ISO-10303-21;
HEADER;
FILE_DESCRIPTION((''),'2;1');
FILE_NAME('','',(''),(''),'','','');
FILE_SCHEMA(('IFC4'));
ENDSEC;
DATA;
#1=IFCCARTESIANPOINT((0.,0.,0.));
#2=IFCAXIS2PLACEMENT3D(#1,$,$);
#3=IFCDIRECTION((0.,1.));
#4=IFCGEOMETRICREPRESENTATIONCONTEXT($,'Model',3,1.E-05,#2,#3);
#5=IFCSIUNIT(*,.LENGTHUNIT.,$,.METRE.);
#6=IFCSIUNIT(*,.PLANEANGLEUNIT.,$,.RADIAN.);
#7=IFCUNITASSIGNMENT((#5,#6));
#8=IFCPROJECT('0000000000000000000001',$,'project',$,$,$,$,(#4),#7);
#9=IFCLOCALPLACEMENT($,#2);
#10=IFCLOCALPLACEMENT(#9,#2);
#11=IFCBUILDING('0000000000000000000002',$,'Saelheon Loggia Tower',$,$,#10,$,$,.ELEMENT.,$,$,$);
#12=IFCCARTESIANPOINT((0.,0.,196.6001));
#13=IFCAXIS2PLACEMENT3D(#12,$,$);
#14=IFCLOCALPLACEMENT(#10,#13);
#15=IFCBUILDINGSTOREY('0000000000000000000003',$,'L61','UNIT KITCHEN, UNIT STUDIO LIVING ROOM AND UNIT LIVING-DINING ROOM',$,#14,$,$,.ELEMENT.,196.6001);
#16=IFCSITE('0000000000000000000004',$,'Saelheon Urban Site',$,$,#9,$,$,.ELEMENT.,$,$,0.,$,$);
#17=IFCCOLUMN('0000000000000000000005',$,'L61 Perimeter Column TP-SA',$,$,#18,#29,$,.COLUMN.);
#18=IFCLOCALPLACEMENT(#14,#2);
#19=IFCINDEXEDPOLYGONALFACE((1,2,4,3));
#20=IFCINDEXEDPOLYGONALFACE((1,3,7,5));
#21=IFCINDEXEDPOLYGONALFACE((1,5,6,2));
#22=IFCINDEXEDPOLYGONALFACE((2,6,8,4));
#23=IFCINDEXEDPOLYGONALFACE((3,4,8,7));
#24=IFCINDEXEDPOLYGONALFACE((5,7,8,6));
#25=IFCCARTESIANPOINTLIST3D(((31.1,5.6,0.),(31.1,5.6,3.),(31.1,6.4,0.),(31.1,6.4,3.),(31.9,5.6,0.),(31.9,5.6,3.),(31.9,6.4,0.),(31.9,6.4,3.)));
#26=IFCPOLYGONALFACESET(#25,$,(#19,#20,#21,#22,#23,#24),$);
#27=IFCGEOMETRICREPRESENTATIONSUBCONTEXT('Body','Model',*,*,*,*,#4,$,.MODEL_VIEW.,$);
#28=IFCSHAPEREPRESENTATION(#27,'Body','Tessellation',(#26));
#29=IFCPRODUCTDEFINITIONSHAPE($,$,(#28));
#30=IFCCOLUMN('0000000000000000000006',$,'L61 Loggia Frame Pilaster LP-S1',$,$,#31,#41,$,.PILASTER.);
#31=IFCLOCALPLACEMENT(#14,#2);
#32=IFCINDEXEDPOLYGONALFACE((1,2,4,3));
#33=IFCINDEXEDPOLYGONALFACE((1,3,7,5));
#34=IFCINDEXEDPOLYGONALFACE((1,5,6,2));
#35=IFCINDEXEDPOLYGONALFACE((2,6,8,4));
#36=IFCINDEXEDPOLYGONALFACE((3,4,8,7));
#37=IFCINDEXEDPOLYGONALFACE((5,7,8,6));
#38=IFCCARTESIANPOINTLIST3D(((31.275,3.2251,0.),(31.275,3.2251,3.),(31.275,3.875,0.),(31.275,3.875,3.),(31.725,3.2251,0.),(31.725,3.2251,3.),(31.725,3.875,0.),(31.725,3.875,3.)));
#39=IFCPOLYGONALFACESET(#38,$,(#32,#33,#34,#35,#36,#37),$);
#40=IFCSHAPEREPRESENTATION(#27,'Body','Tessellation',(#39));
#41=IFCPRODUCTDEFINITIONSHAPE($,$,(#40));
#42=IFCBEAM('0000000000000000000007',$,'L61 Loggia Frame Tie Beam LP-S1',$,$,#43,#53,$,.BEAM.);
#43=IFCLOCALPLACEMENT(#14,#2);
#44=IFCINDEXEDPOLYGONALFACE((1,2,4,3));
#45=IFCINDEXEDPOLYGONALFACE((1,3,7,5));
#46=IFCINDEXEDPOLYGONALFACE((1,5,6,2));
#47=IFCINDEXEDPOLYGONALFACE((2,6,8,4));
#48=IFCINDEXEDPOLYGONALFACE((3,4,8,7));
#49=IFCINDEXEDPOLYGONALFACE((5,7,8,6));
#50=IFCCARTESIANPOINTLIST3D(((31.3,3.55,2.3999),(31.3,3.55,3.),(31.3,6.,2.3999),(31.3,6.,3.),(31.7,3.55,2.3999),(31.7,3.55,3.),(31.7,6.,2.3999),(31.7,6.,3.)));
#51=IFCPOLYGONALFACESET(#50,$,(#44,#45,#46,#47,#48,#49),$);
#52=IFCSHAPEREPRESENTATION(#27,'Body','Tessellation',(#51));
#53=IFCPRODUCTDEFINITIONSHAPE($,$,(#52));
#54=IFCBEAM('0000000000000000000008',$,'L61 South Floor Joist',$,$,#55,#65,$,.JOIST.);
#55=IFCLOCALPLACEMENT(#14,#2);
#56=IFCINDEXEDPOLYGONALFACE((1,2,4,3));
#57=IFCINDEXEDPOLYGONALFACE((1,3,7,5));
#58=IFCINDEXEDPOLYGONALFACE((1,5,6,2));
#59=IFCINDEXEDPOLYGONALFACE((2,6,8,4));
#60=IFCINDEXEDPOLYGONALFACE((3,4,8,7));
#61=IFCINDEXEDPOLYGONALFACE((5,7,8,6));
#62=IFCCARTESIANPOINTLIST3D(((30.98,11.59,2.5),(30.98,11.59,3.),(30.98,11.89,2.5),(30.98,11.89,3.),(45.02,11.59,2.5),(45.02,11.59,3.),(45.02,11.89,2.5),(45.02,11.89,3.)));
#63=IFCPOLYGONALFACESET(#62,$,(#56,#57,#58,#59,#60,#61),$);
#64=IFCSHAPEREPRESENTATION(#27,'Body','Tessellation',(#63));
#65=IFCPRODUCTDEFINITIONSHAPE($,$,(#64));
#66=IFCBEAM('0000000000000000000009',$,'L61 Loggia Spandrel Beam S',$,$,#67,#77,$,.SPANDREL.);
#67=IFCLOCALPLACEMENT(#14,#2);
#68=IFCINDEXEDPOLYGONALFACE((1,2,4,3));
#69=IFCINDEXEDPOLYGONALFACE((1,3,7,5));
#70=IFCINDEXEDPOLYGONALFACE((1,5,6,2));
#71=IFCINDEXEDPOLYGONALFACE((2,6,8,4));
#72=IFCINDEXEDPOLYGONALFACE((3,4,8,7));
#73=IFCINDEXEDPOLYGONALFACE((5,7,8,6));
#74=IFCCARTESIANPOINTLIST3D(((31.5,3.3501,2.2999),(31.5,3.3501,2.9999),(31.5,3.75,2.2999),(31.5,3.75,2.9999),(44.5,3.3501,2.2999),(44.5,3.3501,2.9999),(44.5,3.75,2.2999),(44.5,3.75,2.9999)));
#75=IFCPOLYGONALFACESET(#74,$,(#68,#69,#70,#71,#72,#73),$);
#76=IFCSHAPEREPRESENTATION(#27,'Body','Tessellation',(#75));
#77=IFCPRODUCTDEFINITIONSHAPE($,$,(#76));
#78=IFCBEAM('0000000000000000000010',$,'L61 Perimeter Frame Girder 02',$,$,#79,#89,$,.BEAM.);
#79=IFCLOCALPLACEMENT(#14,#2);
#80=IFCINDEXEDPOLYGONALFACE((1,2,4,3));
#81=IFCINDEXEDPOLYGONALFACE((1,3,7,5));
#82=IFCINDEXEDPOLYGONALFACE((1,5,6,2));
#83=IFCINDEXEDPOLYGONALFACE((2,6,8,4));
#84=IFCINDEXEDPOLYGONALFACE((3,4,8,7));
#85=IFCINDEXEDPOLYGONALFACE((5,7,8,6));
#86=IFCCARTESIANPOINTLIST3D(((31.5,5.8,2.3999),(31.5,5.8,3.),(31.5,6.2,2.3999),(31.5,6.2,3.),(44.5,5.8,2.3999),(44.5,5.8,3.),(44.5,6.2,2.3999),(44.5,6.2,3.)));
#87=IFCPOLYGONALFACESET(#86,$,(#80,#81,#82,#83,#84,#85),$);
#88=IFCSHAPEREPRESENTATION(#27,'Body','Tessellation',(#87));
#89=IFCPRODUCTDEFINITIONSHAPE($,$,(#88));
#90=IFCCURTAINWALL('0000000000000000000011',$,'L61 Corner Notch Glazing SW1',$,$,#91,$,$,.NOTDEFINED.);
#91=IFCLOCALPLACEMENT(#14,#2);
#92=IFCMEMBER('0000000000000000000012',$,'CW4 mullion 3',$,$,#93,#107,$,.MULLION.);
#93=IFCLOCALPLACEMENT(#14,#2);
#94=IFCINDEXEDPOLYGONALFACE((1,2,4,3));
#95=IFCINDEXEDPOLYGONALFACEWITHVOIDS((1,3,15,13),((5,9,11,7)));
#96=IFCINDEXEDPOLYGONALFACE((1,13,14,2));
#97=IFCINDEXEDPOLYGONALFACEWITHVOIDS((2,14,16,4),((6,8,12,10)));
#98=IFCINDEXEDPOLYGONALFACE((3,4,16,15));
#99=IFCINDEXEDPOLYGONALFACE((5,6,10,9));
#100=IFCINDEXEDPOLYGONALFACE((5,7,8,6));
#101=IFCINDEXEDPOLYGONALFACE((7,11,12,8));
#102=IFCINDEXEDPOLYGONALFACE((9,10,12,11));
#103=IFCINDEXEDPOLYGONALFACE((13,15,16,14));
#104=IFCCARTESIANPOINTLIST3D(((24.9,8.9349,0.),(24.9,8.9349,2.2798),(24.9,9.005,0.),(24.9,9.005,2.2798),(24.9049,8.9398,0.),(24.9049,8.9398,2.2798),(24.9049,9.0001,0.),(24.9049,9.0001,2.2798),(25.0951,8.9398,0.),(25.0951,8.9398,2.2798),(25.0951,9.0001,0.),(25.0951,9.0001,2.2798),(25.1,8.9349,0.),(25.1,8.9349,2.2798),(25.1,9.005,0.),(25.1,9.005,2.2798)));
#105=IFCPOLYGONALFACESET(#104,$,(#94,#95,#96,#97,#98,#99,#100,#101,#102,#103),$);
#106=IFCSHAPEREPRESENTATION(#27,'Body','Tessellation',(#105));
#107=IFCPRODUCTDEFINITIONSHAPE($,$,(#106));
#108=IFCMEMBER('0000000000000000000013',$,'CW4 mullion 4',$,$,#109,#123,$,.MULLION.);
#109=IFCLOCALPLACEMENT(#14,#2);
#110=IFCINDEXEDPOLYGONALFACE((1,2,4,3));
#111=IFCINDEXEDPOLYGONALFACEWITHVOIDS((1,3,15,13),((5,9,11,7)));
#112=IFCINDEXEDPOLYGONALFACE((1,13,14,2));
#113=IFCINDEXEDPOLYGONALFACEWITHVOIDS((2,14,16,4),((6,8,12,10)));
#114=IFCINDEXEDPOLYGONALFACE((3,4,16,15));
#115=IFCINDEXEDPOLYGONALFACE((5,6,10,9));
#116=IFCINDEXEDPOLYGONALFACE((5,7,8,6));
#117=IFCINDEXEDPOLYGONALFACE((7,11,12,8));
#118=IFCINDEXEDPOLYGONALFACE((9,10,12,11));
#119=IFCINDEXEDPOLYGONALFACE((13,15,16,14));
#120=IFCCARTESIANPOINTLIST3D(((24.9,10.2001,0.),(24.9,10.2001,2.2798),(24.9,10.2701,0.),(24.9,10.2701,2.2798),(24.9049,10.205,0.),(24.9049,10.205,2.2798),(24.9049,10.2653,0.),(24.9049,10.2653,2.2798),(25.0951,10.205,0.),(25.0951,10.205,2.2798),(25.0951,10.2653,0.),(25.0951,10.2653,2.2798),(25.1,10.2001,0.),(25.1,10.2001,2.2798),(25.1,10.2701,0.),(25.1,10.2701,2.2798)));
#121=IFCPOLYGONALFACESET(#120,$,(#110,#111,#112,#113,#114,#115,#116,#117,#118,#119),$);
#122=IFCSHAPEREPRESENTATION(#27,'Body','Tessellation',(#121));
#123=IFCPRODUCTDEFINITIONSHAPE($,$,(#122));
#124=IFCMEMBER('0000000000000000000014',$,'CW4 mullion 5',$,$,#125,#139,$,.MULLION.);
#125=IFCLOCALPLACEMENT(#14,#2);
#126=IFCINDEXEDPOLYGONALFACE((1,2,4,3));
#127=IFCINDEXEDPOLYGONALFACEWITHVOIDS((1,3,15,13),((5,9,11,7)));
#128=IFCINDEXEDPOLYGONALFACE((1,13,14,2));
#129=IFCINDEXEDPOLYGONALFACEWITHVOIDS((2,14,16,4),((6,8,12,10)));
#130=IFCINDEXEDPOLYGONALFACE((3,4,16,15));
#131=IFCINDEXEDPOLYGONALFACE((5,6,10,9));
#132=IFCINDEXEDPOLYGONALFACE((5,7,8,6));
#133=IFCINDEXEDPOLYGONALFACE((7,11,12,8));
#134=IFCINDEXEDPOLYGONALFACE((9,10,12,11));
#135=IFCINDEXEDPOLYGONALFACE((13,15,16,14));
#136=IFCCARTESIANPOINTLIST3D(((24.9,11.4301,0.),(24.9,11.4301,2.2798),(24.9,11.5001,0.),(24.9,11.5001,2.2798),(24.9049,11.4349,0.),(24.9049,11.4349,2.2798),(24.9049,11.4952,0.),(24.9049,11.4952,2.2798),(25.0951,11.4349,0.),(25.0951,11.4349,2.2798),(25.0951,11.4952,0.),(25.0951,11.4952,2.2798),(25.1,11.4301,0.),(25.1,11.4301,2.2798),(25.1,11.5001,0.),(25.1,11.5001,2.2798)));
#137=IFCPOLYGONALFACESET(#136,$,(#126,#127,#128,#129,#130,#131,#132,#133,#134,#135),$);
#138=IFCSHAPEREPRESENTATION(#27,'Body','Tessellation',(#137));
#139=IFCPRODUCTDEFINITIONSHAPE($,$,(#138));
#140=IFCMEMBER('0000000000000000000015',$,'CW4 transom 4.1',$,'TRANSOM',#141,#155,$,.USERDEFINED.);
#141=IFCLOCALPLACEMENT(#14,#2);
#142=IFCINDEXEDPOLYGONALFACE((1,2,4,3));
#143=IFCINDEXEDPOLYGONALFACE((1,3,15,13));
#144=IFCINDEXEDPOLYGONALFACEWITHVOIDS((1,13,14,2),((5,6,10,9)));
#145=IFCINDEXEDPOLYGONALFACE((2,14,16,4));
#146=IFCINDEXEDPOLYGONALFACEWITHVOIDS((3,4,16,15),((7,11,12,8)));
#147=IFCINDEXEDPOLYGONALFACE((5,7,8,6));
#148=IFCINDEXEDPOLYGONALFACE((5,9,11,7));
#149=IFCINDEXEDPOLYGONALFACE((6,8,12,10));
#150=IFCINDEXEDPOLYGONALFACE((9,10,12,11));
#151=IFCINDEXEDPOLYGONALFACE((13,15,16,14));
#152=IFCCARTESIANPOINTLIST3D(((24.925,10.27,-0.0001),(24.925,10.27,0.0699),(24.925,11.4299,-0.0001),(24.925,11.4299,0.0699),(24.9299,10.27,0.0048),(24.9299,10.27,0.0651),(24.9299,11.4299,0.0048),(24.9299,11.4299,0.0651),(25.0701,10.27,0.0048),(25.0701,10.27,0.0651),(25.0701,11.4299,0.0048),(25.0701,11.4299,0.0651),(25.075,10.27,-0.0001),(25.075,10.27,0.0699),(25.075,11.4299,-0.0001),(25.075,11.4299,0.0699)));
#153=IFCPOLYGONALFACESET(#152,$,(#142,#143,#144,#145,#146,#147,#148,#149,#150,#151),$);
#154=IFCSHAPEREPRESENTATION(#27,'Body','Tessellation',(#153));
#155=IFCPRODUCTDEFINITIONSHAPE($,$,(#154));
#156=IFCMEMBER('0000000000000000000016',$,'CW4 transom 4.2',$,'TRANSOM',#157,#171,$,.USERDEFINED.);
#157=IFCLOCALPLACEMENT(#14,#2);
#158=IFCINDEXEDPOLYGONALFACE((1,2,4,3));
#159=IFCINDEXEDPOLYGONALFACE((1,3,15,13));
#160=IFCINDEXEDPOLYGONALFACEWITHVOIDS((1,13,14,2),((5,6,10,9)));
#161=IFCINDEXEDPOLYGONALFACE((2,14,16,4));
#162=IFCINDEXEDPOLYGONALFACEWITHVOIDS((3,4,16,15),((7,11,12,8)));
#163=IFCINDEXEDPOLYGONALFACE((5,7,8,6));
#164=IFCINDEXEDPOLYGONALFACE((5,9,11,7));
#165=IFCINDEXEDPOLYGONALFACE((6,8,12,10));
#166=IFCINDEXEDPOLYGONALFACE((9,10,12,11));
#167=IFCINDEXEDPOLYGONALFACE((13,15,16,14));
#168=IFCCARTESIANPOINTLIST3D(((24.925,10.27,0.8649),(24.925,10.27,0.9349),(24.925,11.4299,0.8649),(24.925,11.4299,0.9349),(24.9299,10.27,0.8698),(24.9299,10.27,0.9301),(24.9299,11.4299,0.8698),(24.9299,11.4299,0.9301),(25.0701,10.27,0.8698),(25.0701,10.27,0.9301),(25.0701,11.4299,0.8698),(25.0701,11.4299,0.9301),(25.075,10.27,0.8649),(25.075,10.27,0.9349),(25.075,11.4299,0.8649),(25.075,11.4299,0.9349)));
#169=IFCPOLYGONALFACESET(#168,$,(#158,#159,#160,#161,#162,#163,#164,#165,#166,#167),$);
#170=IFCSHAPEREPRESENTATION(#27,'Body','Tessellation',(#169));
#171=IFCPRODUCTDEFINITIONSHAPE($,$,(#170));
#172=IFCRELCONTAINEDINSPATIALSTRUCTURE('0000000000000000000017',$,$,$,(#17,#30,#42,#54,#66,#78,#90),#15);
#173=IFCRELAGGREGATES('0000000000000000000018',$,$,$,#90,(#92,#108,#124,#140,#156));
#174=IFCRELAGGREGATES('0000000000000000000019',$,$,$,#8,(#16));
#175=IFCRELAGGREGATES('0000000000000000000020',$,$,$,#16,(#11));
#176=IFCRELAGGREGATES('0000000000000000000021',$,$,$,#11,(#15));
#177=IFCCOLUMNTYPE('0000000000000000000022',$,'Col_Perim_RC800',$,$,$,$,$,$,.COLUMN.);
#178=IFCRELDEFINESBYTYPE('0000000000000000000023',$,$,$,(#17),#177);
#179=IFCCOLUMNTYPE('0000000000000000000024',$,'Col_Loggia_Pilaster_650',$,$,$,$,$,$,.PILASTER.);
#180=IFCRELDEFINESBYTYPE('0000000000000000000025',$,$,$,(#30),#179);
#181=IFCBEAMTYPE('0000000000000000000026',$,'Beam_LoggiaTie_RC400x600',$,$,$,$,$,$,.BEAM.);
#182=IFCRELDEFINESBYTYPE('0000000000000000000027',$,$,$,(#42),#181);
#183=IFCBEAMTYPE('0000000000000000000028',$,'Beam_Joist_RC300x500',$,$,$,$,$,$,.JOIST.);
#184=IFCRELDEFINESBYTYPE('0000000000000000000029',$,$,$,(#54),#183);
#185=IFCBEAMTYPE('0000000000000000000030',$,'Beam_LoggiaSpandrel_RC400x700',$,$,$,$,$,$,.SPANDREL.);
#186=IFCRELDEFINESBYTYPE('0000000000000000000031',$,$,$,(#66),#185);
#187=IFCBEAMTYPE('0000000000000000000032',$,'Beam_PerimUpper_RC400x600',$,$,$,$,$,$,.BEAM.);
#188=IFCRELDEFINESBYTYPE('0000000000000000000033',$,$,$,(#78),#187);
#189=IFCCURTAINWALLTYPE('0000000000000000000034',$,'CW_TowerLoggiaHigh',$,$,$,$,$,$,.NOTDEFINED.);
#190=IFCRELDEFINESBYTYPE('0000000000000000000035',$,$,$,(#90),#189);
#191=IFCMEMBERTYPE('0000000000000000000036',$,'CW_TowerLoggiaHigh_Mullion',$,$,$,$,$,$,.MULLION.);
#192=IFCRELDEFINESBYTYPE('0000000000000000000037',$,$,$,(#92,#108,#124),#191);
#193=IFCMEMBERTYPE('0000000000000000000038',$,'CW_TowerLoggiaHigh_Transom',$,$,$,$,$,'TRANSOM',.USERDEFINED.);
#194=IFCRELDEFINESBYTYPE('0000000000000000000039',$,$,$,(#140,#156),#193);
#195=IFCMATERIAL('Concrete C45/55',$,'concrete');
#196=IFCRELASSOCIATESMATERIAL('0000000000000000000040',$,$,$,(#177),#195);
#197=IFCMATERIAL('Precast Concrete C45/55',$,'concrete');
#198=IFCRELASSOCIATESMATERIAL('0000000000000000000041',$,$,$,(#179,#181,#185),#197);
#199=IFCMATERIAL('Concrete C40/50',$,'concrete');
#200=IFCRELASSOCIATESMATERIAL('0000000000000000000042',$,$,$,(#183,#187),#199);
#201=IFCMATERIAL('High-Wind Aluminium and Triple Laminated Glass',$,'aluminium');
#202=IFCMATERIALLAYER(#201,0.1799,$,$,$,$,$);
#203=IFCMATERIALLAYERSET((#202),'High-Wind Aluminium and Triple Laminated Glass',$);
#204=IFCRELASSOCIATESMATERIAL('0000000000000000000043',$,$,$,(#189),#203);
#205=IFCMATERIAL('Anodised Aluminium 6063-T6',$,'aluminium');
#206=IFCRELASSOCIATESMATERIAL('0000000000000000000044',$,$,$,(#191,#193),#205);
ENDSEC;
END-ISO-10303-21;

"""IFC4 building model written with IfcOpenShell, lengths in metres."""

from ifc_helpers import new_model, si_unit, direction, frame, origin, origin_2d, place, context, subcontext, project, spatial, rectangle, hollow_rectangle, extrude, source, transform, mapped, material, layer, layer_set, material_profile, profile_set, type_object, element, aggregate, save


model = new_model("IFC4")

# Units and contexts
model_context = context("Model", 3, precision=1e-05, world=origin(), true_north=direction((0.0, 1.0)))
body_context = subcontext(model_context, "Body", "Model", "MODEL_VIEW")
ifc_project = project(units=[si_unit("LENGTHUNIT", "METRE"), si_unit("PLANEANGLEUNIT", "RADIAN")], contexts=[model_context])

# Site, building, storey
site_placement = place(None, origin())
site = spatial("IfcSite", under=ifc_project, at=site_placement, Name="Saelheon Urban Site", CompositionType="ELEMENT", RefElevation=0.0)
building_placement = place(site_placement, origin())
building = spatial("IfcBuilding", under=site, at=building_placement, Name="Saelheon Loggia Tower", CompositionType="ELEMENT")
storey_placement = place(building_placement, frame((0.0, 0.0, 196.6001)))
storey = spatial("IfcBuildingStorey", under=building, at=storey_placement, Name="L61", Description="UNIT KITCHEN, UNIT STUDIO LIVING ROOM AND UNIT LIVING-DINING ROOM", CompositionType="ELEMENT", Elevation=196.6001)

# Columns
ifc_material_1 = material(Name="Concrete C45/55", Category="concrete")
ifc_material_profile_1 = material_profile(ifc_material_1, rectangle(XDim=0.8, YDim=0.8, at=origin_2d()), Name="RC-800x800")
ifc_profile_set_1 = profile_set([ifc_material_profile_1], Name="Concrete C45/55")
column_type_1 = type_object("IfcColumnType", Name="Col_Perim_RC800", PredefinedType="COLUMN", material=ifc_profile_set_1)
shared_shape_1 = source(origin(), body_context, "Body", "SweptSolid", [
    extrude(rectangle(XDim=0.8, YDim=0.8, at=origin_2d()), origin(), (0.0, 0.0, 1.0), 3.0),
])
column_1_placement = place(storey_placement, frame((31.5, 6.0, 0.0), z_axis=(0.0, 0.0, 1.0), x_axis=(1.0, 0.0, 0.0)))
element("IfcColumn", 1, at=column_1_placement, inside=storey, type_object=column_type_1, Name="L61 Perimeter Column TP-SA", PredefinedType="COLUMN", context=body_context, shape_type="MappedRepresentation", body=[
    mapped(shared_shape_1, transform((0.0, 0.0, 0.0), scale=1.0)),
])
ifc_material_2 = material(Name="Precast Concrete C45/55", Category="concrete")
ifc_material_profile_2 = material_profile(ifc_material_2, rectangle(XDim=0.45, YDim=0.6499, at=origin_2d()), Name="RC-450x650")
ifc_profile_set_2 = profile_set([ifc_material_profile_2], Name="Precast Concrete C45/55")
column_type_2 = type_object("IfcColumnType", Name="Col_Loggia_Pilaster_650", PredefinedType="PILASTER", material=ifc_profile_set_2)
shared_shape_2 = source(origin(), body_context, "Body", "SweptSolid", [
    extrude(rectangle(XDim=0.45, YDim=0.6499, at=origin_2d()), origin(), (0.0, 0.0, 1.0), 3.0),
])
column_2_placement = place(storey_placement, frame((31.5, 3.55, 0.0), z_axis=(0.0, 0.0, 1.0), x_axis=(1.0, 0.0, 0.0)))
element("IfcColumn", 2, at=column_2_placement, inside=storey, type_object=column_type_2, Name="L61 Loggia Frame Pilaster LP-S1", PredefinedType="PILASTER", context=body_context, shape_type="MappedRepresentation", body=[
    mapped(shared_shape_2, transform((0.0, 0.0, 0.0), scale=1.0)),
])

# Beams
ifc_material_profile_3 = material_profile(ifc_material_2, rectangle(XDim=0.3999, YDim=0.6001, at=origin_2d()), Name="RC-400x600")
ifc_profile_set_3 = profile_set([ifc_material_profile_3], Name="Precast Concrete C45/55")
beam_type_1 = type_object("IfcBeamType", Name="Beam_LoggiaTie_RC400x600", PredefinedType="BEAM", material=ifc_profile_set_3)
shared_shape_3 = source(origin(), body_context, "Body", "SweptSolid", [
    extrude(rectangle(XDim=0.3999, YDim=0.6001, at=origin_2d()), origin(), (0.0, 0.0, 1.0), 2.45),
])
beam_1_placement = place(storey_placement, frame((31.5, 6.0, 2.7), z_axis=(0.0, -1.0, 0.0), x_axis=(1.0, 0.0, 0.0)))
element("IfcBeam", 3, at=beam_1_placement, inside=storey, type_object=beam_type_1, Name="L61 Loggia Frame Tie Beam LP-S1", PredefinedType="BEAM", context=body_context, shape_type="MappedRepresentation", body=[
    mapped(shared_shape_3, transform((0.0, 0.0, 0.0), scale=1.0)),
])
ifc_material_3 = material(Name="Concrete C40/50", Category="concrete")
ifc_material_profile_4 = material_profile(ifc_material_3, rectangle(XDim=0.3, YDim=0.5, at=origin_2d()), Name="RC-300x500")
ifc_profile_set_4 = profile_set([ifc_material_profile_4], Name="Concrete C40/50")
beam_type_2 = type_object("IfcBeamType", Name="Beam_Joist_RC300x500", PredefinedType="JOIST", material=ifc_profile_set_4)
shared_shape_4 = source(origin(), body_context, "Body", "SweptSolid", [
    extrude(rectangle(XDim=0.3, YDim=0.5, at=origin_2d()), origin(), (0.0, 0.0, 1.0), 14.04),
])
beam_2_placement = place(storey_placement, frame((30.98, 11.74, 2.75), z_axis=(1.0, 0.0, 0.0), x_axis=(0.0, 1.0, 0.0)))
element("IfcBeam", 4, at=beam_2_placement, inside=storey, type_object=beam_type_2, Name="L61 South Floor Joist", PredefinedType="JOIST", context=body_context, shape_type="MappedRepresentation", body=[
    mapped(shared_shape_4, transform((0.0, 0.0, 0.0), scale=1.0)),
])
ifc_material_profile_5 = material_profile(ifc_material_2, rectangle(XDim=0.3999, YDim=0.7, at=origin_2d()), Name="RC-400x700")
ifc_profile_set_5 = profile_set([ifc_material_profile_5], Name="Precast Concrete C45/55")
beam_type_3 = type_object("IfcBeamType", Name="Beam_LoggiaSpandrel_RC400x700", PredefinedType="SPANDREL", material=ifc_profile_set_5)
shared_shape_5 = source(origin(), body_context, "Body", "SweptSolid", [
    extrude(rectangle(XDim=0.3999, YDim=0.7, at=origin_2d()), origin(), (0.0, 0.0, 1.0), 13.0),
])
beam_3_placement = place(storey_placement, frame((31.5, 3.55, 2.6499), z_axis=(1.0, 0.0, 0.0), x_axis=(0.0, 1.0, 0.0)))
element("IfcBeam", 5, at=beam_3_placement, inside=storey, type_object=beam_type_3, Name="L61 Loggia Spandrel Beam S", PredefinedType="SPANDREL", context=body_context, shape_type="MappedRepresentation", body=[
    mapped(shared_shape_5, transform((0.0, 0.0, 0.0), scale=1.0)),
])
ifc_material_profile_6 = material_profile(ifc_material_3, rectangle(XDim=0.3999, YDim=0.6001, at=origin_2d()), Name="RC-400x600")
ifc_profile_set_6 = profile_set([ifc_material_profile_6], Name="Concrete C40/50")
beam_type_4 = type_object("IfcBeamType", Name="Beam_PerimUpper_RC400x600", PredefinedType="BEAM", material=ifc_profile_set_6)
shared_shape_6 = source(origin(), body_context, "Body", "SweptSolid", [
    extrude(rectangle(XDim=0.3999, YDim=0.6001, at=origin_2d()), origin(), (0.0, 0.0, 1.0), 13.0),
])
beam_4_placement = place(storey_placement, frame((31.5, 6.0, 2.7), z_axis=(1.0, 0.0, 0.0), x_axis=(0.0, 1.0, 0.0)))
element("IfcBeam", 6, at=beam_4_placement, inside=storey, type_object=beam_type_4, Name="L61 Perimeter Frame Girder 02", PredefinedType="BEAM", context=body_context, shape_type="MappedRepresentation", body=[
    mapped(shared_shape_6, transform((0.0, 0.0, 0.0), scale=1.0)),
])

# Curtain wall, members
ifc_material_4 = material(Name="High-Wind Aluminium and Triple Laminated Glass", Category="aluminium")
ifc_layer_1 = layer(ifc_material_4, 0.1799)
ifc_layer_set_1 = layer_set([ifc_layer_1], Name="High-Wind Aluminium and Triple Laminated Glass")
curtain_wall_type = type_object("IfcCurtainWallType", Name="CW_TowerLoggiaHigh", PredefinedType="NOTDEFINED", material=ifc_layer_set_1)
curtain_wall_placement = place(storey_placement, origin())
curtain_wall = element("IfcCurtainWall", 7, at=curtain_wall_placement, inside=storey, type_object=curtain_wall_type, Name="L61 Corner Notch Glazing SW1", PredefinedType="NOTDEFINED")
ifc_material_5 = material(Name="Anodised Aluminium 6063-T6", Category="aluminium")
ifc_material_profile_7 = material_profile(ifc_material_5, hollow_rectangle(XDim=0.0701, YDim=0.2, WallThickness=0.0049, at=origin_2d()), Name="RHS-200x70x5")
ifc_profile_set_7 = profile_set([ifc_material_profile_7], Name="Anodised Aluminium 6063-T6")
member_type_1 = type_object("IfcMemberType", Name="CW_TowerLoggiaHigh_Mullion", PredefinedType="MULLION", material=ifc_profile_set_7)
shared_shape_7 = source(origin(), body_context, "Body", "SweptSolid", [
    extrude(hollow_rectangle(XDim=0.0701, YDim=0.2, WallThickness=0.0049, at=origin_2d()), origin(), (0.0, 0.0, 1.0), 2.2798),
])
member_1_placement = place(storey_placement, frame((25.0, 8.97, 0.0), z_axis=(0.0, 0.0, 1.0), x_axis=(0.0, 1.0, 0.0)))
member_1 = element("IfcMember", 8, at=member_1_placement, type_object=member_type_1, Name="CW4 mullion 3", PredefinedType="MULLION", context=body_context, shape_type="MappedRepresentation", body=[
    mapped(shared_shape_7, transform((0.0, 0.0, 0.0), scale=1.0)),
])
member_2_placement = place(storey_placement, frame((25.0, 10.2351, 0.0), z_axis=(0.0, 0.0, 1.0), x_axis=(0.0, 1.0, 0.0)))
member_2 = element("IfcMember", 9, at=member_2_placement, type_object=member_type_1, Name="CW4 mullion 4", PredefinedType="MULLION", context=body_context, shape_type="MappedRepresentation", body=[
    mapped(shared_shape_7, transform((0.0, 0.0, 0.0), scale=1.0)),
])
member_3_placement = place(storey_placement, frame((25.0, 11.4651, 0.0), z_axis=(0.0, 0.0, 1.0), x_axis=(0.0, 1.0, 0.0)))
member_3 = element("IfcMember", 10, at=member_3_placement, type_object=member_type_1, Name="CW4 mullion 5", PredefinedType="MULLION", context=body_context, shape_type="MappedRepresentation", body=[
    mapped(shared_shape_7, transform((0.0, 0.0, 0.0), scale=1.0)),
])
ifc_material_profile_8 = material_profile(ifc_material_5, hollow_rectangle(XDim=0.0701, YDim=0.1499, WallThickness=0.0049, at=origin_2d()), Name="RHS-150x70x5")
ifc_profile_set_8 = profile_set([ifc_material_profile_8], Name="Anodised Aluminium 6063-T6")
member_type_2 = type_object("IfcMemberType", Name="CW_TowerLoggiaHigh_Transom", ElementType="TRANSOM", PredefinedType="USERDEFINED", material=ifc_profile_set_8)
shared_shape_8 = source(origin(), body_context, "Body", "SweptSolid", [
    extrude(hollow_rectangle(XDim=0.0701, YDim=0.1499, WallThickness=0.0049, at=origin_2d()), origin(), (0.0, 0.0, 1.0), 1.1599),
])
member_4_placement = place(storey_placement, frame((25.0, 10.27, 0.0349), z_axis=(0.0, 1.0, 0.0), x_axis=(0.0, 0.0, 1.0)))
member_4 = element("IfcMember", 11, at=member_4_placement, type_object=member_type_2, Name="CW4 transom 4.1", ObjectType="TRANSOM", PredefinedType="USERDEFINED", context=body_context, shape_type="MappedRepresentation", body=[
    mapped(shared_shape_8, transform((0.0, 0.0, 0.0), scale=1.0)),
])
member_5_placement = place(storey_placement, frame((25.0, 10.27, 0.8999), z_axis=(0.0, 1.0, 0.0), x_axis=(0.0, 0.0, 1.0)))
member_5 = element("IfcMember", 12, at=member_5_placement, type_object=member_type_2, Name="CW4 transom 4.2", ObjectType="TRANSOM", PredefinedType="USERDEFINED", context=body_context, shape_type="MappedRepresentation", body=[
    mapped(shared_shape_8, transform((0.0, 0.0, 0.0), scale=1.0)),
])
aggregate(curtain_wall, [member_1, member_2, member_3, member_4, member_5])

save(model, "model.ifc")
